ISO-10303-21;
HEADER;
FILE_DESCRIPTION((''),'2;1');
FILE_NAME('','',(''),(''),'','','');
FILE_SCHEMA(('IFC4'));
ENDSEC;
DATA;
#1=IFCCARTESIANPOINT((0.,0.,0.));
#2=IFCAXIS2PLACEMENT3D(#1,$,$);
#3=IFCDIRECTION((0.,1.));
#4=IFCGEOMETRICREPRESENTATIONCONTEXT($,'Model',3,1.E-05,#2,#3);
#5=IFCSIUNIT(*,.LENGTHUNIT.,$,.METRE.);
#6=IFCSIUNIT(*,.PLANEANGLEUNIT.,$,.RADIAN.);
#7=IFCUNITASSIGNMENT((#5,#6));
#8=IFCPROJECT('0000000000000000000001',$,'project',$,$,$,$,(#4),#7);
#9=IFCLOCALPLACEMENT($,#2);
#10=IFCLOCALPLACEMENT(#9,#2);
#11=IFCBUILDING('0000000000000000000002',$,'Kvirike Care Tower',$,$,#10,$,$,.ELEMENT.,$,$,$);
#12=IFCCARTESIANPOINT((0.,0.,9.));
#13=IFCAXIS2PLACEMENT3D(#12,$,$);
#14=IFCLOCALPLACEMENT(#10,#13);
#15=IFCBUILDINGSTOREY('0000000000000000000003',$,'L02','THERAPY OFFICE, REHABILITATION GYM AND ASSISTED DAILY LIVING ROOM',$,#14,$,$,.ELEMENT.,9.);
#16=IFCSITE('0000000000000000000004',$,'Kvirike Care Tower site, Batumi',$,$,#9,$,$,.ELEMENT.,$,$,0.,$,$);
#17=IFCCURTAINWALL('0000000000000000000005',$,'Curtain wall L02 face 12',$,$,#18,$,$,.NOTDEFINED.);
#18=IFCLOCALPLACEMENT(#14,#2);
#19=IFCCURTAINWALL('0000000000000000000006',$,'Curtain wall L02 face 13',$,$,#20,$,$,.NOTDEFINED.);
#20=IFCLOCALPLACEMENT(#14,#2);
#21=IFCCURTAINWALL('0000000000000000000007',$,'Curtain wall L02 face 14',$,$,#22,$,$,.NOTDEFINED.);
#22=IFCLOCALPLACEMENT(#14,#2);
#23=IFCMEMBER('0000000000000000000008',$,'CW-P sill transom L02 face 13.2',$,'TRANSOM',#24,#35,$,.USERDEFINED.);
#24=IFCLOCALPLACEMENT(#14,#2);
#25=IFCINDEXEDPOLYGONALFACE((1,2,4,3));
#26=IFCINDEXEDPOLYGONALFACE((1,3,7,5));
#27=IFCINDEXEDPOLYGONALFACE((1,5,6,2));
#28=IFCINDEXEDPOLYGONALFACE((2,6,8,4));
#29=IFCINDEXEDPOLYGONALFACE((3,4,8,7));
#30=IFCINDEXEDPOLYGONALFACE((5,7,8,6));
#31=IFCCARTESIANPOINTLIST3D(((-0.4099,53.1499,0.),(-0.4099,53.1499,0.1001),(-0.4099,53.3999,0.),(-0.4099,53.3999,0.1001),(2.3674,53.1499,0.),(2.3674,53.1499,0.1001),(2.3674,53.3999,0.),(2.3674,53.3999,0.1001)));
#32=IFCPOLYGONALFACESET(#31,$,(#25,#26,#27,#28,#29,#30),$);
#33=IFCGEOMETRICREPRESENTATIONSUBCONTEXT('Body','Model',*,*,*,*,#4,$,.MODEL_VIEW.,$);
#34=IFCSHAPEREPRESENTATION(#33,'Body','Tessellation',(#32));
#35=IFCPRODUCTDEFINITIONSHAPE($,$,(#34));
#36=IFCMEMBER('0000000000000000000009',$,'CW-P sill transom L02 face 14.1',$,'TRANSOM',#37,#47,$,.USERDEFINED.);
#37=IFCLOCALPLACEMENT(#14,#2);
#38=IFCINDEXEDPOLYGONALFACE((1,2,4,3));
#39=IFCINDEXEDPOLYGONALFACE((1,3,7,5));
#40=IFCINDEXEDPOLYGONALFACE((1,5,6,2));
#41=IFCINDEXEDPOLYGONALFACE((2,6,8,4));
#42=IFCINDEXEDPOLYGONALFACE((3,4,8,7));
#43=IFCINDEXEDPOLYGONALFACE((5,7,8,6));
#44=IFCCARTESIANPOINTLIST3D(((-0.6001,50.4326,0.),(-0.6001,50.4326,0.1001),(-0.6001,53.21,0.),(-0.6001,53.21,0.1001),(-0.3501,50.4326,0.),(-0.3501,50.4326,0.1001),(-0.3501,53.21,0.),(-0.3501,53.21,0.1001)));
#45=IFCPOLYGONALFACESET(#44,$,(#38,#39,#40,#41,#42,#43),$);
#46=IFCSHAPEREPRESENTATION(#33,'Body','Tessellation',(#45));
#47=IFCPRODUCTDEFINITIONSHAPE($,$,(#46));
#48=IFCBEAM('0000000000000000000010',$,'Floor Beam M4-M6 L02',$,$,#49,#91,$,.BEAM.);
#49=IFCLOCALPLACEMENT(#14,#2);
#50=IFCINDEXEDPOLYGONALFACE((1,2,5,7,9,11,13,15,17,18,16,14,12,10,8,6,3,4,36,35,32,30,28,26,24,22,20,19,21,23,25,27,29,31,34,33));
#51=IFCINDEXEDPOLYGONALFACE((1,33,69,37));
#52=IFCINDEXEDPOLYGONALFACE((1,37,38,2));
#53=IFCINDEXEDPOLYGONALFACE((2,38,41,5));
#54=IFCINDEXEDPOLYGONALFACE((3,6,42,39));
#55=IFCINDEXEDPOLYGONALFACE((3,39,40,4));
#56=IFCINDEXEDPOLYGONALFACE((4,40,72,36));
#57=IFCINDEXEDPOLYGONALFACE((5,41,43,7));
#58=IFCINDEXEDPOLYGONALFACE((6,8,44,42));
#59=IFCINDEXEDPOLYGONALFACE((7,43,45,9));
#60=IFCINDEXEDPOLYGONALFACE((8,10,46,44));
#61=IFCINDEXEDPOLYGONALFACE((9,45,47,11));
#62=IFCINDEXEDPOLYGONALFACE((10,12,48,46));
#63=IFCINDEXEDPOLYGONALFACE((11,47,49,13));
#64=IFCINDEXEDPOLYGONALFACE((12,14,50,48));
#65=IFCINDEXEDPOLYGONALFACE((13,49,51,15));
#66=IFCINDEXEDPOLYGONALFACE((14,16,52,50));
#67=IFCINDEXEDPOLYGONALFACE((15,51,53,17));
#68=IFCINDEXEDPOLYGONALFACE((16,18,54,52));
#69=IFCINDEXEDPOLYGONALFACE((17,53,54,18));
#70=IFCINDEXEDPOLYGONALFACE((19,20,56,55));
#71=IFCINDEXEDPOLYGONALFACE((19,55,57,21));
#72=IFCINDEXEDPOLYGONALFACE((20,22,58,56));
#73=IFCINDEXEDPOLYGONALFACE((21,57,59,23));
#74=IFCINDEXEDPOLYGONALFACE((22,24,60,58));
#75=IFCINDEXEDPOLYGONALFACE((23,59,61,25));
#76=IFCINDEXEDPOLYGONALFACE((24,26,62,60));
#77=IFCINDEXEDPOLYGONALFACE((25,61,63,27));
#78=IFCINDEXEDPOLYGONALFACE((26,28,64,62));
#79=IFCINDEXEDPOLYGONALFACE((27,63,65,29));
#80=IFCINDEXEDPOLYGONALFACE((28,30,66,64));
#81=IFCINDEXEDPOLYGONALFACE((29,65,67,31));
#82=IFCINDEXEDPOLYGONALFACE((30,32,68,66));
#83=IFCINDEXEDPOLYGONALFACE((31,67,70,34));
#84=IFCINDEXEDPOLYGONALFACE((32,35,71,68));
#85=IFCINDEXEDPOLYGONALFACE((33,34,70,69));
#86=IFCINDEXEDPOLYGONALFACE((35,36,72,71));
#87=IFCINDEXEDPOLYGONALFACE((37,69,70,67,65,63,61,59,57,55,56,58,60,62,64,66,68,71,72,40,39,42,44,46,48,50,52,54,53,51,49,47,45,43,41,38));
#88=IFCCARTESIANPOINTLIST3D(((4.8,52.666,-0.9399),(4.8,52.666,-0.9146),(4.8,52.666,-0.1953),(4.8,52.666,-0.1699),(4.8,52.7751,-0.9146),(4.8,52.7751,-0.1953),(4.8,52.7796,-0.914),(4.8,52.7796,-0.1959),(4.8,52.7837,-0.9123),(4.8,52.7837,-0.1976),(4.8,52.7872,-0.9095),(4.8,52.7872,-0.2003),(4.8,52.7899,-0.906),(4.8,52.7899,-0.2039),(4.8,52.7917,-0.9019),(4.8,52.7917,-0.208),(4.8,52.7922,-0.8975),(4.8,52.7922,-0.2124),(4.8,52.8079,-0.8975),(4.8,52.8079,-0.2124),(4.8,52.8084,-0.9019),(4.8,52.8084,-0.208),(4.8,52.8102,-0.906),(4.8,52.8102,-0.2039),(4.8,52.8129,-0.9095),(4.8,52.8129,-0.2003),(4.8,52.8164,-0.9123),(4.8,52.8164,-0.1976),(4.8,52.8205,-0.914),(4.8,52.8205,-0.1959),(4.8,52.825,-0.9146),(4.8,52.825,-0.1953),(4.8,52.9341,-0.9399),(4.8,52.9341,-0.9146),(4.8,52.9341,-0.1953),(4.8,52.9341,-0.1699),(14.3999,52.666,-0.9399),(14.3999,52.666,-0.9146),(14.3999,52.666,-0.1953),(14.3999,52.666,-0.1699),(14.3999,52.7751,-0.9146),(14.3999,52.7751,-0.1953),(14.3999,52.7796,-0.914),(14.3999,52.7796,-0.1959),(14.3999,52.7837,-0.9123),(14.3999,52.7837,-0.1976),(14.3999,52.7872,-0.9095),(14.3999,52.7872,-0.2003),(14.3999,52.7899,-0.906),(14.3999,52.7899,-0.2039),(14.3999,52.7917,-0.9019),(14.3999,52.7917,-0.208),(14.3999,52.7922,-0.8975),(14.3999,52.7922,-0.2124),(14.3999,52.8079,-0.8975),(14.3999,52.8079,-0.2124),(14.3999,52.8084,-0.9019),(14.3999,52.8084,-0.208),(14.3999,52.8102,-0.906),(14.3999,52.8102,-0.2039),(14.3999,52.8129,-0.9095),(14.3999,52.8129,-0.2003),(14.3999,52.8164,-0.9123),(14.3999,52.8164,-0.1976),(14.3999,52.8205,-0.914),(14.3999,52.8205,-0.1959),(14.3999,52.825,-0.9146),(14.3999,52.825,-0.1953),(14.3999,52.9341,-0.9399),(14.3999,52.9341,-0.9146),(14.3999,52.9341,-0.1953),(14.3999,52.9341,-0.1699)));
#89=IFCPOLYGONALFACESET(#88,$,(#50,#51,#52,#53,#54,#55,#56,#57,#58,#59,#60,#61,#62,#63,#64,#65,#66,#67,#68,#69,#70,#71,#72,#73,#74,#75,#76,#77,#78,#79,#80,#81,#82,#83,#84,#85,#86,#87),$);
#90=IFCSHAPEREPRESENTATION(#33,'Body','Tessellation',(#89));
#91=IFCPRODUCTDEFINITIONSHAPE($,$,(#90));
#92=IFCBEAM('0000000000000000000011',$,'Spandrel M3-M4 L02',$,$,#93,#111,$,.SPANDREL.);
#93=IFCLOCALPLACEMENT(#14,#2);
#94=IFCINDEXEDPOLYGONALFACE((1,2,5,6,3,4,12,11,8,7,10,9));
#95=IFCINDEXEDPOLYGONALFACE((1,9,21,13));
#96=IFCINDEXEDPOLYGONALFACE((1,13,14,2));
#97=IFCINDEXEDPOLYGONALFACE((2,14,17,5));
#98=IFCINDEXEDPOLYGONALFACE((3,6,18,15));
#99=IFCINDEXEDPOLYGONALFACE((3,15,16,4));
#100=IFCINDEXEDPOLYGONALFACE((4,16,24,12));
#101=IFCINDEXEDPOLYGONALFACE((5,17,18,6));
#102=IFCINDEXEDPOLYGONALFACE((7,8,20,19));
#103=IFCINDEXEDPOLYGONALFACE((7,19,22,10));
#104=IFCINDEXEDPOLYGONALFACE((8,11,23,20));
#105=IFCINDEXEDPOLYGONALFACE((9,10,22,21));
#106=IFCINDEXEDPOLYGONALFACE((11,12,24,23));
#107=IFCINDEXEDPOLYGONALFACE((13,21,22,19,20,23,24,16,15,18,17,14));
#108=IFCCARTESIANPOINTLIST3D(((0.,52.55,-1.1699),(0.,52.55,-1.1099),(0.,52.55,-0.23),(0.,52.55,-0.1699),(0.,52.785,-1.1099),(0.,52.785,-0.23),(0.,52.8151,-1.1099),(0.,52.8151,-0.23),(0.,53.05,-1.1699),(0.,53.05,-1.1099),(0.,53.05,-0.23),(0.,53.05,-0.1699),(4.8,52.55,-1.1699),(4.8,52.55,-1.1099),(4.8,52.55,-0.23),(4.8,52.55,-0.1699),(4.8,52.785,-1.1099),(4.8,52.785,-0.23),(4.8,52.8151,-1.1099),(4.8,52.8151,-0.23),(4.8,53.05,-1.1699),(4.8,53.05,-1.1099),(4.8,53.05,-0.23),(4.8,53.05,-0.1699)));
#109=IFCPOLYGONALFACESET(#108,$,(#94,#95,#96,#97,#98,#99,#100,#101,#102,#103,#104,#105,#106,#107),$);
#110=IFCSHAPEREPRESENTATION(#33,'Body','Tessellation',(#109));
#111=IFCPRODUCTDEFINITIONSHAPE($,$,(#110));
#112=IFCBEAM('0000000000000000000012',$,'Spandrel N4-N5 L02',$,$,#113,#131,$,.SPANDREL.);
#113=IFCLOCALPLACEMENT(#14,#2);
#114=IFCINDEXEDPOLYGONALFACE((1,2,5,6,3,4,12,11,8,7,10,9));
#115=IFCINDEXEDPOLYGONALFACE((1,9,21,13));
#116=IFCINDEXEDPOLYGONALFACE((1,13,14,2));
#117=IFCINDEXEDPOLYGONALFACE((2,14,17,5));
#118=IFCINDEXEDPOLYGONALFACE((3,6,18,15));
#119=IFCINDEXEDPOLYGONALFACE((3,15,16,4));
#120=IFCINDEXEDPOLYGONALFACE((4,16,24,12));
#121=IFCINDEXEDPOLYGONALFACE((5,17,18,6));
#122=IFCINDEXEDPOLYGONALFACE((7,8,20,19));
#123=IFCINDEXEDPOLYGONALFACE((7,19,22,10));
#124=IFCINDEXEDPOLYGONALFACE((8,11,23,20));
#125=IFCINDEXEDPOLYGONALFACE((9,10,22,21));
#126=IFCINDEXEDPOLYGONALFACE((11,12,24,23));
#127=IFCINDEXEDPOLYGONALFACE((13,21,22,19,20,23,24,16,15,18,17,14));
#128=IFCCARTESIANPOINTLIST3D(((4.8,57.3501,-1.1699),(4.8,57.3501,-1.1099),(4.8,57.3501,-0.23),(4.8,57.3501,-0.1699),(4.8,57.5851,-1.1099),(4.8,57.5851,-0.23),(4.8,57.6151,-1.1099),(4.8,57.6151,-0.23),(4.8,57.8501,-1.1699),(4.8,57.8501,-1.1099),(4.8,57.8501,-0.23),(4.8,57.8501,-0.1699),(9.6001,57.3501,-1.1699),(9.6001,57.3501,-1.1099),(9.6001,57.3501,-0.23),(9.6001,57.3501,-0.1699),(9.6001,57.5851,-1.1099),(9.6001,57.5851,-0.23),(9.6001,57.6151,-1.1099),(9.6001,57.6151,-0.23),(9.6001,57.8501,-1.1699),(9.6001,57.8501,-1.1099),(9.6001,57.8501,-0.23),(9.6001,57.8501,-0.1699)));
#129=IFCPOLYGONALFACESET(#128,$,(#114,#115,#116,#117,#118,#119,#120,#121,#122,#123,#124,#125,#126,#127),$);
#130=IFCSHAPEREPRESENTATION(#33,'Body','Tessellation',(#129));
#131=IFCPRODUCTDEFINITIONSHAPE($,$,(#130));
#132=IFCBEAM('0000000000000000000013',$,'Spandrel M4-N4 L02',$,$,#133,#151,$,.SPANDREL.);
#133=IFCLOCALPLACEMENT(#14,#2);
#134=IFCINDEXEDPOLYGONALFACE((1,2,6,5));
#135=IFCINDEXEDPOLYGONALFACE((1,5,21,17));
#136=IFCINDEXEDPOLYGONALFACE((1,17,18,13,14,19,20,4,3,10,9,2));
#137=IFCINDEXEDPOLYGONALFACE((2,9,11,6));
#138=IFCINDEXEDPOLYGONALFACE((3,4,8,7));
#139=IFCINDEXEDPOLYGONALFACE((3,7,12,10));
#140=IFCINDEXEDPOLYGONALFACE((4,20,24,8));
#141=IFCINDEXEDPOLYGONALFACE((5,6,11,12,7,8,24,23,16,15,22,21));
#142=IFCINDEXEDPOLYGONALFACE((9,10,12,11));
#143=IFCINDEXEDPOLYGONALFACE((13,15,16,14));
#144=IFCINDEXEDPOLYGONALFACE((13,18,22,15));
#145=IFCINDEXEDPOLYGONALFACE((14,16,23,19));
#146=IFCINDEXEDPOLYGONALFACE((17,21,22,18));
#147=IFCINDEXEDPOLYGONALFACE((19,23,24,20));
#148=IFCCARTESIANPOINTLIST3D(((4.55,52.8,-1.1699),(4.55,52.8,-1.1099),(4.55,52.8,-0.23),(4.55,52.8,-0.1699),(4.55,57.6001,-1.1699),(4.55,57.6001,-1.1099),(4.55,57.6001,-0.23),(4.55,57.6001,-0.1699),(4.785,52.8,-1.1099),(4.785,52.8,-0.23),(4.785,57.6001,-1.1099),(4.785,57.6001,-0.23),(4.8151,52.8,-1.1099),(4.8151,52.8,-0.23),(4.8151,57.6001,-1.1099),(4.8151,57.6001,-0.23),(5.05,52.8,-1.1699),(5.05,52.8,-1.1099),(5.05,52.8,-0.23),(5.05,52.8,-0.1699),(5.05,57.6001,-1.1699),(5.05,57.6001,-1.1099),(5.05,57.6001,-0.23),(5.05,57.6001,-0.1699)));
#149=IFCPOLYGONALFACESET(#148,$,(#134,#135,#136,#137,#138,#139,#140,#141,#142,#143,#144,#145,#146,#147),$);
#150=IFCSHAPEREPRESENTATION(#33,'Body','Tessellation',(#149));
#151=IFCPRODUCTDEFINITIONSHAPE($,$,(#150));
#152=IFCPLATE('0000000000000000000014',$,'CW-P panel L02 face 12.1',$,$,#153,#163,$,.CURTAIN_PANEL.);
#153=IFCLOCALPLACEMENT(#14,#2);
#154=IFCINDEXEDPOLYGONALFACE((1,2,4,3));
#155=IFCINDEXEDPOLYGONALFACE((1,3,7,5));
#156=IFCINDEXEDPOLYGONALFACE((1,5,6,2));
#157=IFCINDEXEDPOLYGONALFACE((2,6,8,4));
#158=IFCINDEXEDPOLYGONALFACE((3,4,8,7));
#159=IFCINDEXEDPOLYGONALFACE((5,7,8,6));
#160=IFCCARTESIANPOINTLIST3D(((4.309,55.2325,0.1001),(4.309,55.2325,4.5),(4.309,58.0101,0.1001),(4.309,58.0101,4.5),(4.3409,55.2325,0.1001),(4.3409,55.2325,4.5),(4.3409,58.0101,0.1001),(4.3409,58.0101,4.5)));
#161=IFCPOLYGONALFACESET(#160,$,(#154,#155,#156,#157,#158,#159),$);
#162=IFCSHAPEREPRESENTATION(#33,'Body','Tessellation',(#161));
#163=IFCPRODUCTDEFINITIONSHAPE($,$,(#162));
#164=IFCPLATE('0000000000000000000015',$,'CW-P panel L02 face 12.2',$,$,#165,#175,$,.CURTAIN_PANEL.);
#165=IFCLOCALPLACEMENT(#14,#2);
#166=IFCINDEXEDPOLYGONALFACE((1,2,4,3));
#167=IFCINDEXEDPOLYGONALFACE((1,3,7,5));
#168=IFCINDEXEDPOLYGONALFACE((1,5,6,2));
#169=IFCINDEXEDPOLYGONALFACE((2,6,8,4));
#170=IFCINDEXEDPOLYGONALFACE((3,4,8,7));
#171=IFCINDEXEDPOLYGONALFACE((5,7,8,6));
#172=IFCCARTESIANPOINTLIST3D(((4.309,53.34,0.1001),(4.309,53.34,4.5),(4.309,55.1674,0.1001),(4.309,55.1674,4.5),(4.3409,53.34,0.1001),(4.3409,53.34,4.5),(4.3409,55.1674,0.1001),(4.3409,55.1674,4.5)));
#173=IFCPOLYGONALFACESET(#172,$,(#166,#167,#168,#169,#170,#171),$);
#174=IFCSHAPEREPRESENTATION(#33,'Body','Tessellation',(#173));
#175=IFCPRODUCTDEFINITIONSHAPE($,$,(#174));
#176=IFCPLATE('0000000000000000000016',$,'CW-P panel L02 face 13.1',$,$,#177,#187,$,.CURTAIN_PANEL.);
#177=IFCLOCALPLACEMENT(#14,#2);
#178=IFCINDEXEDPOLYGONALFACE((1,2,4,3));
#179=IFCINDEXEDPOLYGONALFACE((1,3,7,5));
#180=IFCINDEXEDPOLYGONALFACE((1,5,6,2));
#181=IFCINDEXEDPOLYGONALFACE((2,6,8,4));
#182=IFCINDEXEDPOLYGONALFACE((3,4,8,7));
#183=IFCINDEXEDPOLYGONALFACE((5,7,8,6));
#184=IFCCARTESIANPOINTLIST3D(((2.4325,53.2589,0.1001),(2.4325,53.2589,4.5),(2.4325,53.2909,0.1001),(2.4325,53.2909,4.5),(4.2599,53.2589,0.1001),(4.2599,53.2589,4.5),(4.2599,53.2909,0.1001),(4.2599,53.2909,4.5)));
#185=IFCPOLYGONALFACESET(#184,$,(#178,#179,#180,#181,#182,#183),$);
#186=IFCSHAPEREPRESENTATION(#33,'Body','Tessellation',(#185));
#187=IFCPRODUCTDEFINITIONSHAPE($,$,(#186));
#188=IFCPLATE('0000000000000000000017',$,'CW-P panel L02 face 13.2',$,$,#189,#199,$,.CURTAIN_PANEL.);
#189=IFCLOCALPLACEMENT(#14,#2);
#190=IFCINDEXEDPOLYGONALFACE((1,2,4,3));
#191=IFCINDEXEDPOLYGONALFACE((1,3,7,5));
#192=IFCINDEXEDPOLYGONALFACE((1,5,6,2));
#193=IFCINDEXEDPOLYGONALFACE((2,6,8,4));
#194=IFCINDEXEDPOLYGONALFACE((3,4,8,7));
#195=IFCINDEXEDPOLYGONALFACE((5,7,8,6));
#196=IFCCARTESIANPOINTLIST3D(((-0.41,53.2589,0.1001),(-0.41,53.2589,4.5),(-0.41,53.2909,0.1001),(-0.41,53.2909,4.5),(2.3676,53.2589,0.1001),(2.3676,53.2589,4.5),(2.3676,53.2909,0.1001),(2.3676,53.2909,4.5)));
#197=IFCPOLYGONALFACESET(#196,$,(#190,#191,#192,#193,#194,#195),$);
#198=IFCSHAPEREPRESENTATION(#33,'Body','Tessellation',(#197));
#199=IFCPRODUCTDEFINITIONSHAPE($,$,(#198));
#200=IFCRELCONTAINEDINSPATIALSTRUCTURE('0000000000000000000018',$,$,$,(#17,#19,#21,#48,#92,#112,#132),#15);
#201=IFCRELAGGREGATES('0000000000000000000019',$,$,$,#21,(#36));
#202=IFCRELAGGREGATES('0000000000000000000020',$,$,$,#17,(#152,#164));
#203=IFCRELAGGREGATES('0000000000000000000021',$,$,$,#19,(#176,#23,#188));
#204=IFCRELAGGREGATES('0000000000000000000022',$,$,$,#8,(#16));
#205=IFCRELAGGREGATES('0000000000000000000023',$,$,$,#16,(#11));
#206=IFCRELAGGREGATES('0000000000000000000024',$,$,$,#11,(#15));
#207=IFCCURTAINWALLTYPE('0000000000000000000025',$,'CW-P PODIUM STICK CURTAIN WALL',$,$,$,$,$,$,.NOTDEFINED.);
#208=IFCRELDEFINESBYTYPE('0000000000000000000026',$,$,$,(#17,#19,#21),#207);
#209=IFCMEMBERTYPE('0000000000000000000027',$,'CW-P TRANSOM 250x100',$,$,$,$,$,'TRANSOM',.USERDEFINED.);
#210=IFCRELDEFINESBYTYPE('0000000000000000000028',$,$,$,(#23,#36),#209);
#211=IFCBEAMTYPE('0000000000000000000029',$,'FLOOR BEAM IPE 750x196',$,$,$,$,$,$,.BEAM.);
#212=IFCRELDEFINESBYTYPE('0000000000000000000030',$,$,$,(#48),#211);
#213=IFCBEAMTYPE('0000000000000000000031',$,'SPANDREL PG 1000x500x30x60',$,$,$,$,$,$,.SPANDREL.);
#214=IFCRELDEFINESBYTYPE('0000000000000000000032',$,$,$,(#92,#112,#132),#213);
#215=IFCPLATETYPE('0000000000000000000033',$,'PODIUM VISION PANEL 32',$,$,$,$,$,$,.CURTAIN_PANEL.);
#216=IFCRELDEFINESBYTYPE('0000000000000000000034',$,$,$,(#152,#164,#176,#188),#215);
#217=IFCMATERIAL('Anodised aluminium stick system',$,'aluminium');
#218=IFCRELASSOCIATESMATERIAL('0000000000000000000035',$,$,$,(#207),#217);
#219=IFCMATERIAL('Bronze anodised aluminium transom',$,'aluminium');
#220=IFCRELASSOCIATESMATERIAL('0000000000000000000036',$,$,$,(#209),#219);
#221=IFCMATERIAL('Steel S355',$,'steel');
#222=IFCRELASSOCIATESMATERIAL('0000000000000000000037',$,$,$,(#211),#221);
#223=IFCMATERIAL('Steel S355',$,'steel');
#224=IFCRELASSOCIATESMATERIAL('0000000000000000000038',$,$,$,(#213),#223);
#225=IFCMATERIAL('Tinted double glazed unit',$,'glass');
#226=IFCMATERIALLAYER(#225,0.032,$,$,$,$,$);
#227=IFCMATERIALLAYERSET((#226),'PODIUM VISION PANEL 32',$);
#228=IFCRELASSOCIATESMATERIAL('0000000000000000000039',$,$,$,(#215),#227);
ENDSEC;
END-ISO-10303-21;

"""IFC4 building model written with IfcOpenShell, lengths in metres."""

from ifc_helpers import new_model, si_unit, direction, frame, origin, origin_2d, place, context, subcontext, project, spatial, rectangle, i_section, extrude, material, layer, layer_set, material_profile, profile_set, type_object, element, aggregate, save


model = new_model("IFC4")

# Units and contexts
model_context = context("Model", 3, precision=1e-05, world=origin(), true_north=direction((0.0, 1.0)))
body_context = subcontext(model_context, "Body", "Model", "MODEL_VIEW")
ifc_project = project(units=[si_unit("LENGTHUNIT", "METRE"), si_unit("PLANEANGLEUNIT", "RADIAN")], contexts=[model_context])

# Site, building, storey
site_placement = place(None, origin())
site = spatial("IfcSite", under=ifc_project, at=site_placement, Name="Kvirike Care Tower site, Batumi", CompositionType="ELEMENT", RefElevation=0.0)
building_placement = place(site_placement, origin())
building = spatial("IfcBuilding", under=site, at=building_placement, Name="Kvirike Care Tower", CompositionType="ELEMENT")
storey_placement = place(building_placement, frame((0.0, 0.0, 9.0)))
storey = spatial("IfcBuildingStorey", under=building, at=storey_placement, Name="L02", Description="THERAPY OFFICE, REHABILITATION GYM AND ASSISTED DAILY LIVING ROOM", CompositionType="ELEMENT", Elevation=9.0)

# Shared definitions
ifc_material_1 = material(Name="Anodised aluminium stick system", Category="aluminium")
curtain_wall_type = type_object("IfcCurtainWallType", Name="CW-P PODIUM STICK CURTAIN WALL", PredefinedType="NOTDEFINED", material=ifc_material_1)

# Curtain walls
curtain_wall_1_placement = place(storey_placement, origin())
curtain_wall_1 = element("IfcCurtainWall", 1, at=curtain_wall_1_placement, inside=storey, type_object=curtain_wall_type, Name="Curtain wall L02 face 12", PredefinedType="NOTDEFINED")
curtain_wall_2_placement = place(storey_placement, origin())
curtain_wall_2 = element("IfcCurtainWall", 2, at=curtain_wall_2_placement, inside=storey, type_object=curtain_wall_type, Name="Curtain wall L02 face 13", PredefinedType="NOTDEFINED")

# Curtain wall
curtain_wall_3_placement = place(storey_placement, origin())
curtain_wall_3 = element("IfcCurtainWall", 3, at=curtain_wall_3_placement, inside=storey, type_object=curtain_wall_type, Name="Curtain wall L02 face 14", PredefinedType="NOTDEFINED")

# Members
ifc_material_2 = material(Name="Bronze anodised aluminium transom", Category="aluminium")
ifc_material_profile_1 = material_profile(ifc_material_2, rectangle(XDim=0.25, YDim=0.1001, at=origin_2d()), Name="CW-P TRANSOM 250x100")
ifc_profile_set_1 = profile_set([ifc_material_profile_1], Name="Bronze anodised aluminium transom")
member_type_1 = type_object("IfcMemberType", Name="CW-P TRANSOM 250x100", ElementType="TRANSOM", PredefinedType="USERDEFINED", material=ifc_profile_set_1)
member_1_placement = place(storey_placement, frame((2.3674, 53.2749, 0.05), z_axis=(-1.0, 0.0, 0.0), x_axis=(0.0, -1.0, 0.0)))
member_1 = element("IfcMember", 4, at=member_1_placement, type_object=member_type_1, Name="CW-P sill transom L02 face 13.2", ObjectType="TRANSOM", PredefinedType="USERDEFINED", context=body_context, shape_type="SweptSolid", body=[
    extrude(rectangle(XDim=0.25, YDim=0.1001, at=origin_2d()), origin(), (0.0, 0.0, 1.0), 2.7773),
])
member_2_placement = place(storey_placement, frame((-0.4751, 53.21, 0.05), z_axis=(0.0, -1.0, 0.0), x_axis=(1.0, 0.0, 0.0)))
member_2 = element("IfcMember", 5, at=member_2_placement, type_object=member_type_1, Name="CW-P sill transom L02 face 14.1", ObjectType="TRANSOM", PredefinedType="USERDEFINED", context=body_context, shape_type="SweptSolid", body=[
    extrude(rectangle(XDim=0.25, YDim=0.1001, at=origin_2d()), origin(), (0.0, 0.0, 1.0), 2.7773),
])
aggregate(curtain_wall_3, [member_2])

# Beams
ifc_material_3 = material(Name="Steel S355", Category="steel")
ifc_material_profile_2 = material_profile(ifc_material_3, i_section(OverallWidth=0.2681, OverallDepth=0.77, WebThickness=0.0156, FlangeThickness=0.0254, FilletRadius=0.0171, at=origin_2d()), Name="IPE 750x196")
ifc_profile_set_2 = profile_set([ifc_material_profile_2], Name="Steel S355")
beam_type_1 = type_object("IfcBeamType", Name="FLOOR BEAM IPE 750x196", PredefinedType="BEAM", material=ifc_profile_set_2)
beam_placement = place(storey_placement, frame((4.8, 52.8, -0.5549), z_axis=(1.0, 0.0, 0.0), x_axis=(0.0, 1.0, 0.0)))
element("IfcBeam", 6, at=beam_placement, inside=storey, type_object=beam_type_1, Name="Floor Beam M4-M6 L02", PredefinedType="BEAM", context=body_context, shape_type="SweptSolid", body=[
    extrude(i_section(OverallWidth=0.2681, OverallDepth=0.77, WebThickness=0.0156, FlangeThickness=0.0254, FilletRadius=0.0171, at=origin_2d()), origin(), (0.0, 0.0, 1.0), 9.5999),
])
ifc_material_4 = material(Name="Steel S355", Category="steel")
ifc_material_profile_3 = material_profile(ifc_material_4, i_section(OverallWidth=0.5, OverallDepth=1.0, WebThickness=0.03, FlangeThickness=0.0601, at=origin_2d()), Name="PG 1000x500x30x60")
ifc_profile_set_3 = profile_set([ifc_material_profile_3], Name="Steel S355")
beam_type_2 = type_object("IfcBeamType", Name="SPANDREL PG 1000x500x30x60", PredefinedType="SPANDREL", material=ifc_profile_set_3)
for number, where, z_axis, x_axis, name in (
    (7, (0.0, 52.8, -0.6699), (1.0, 0.0, 0.0), (0.0, 1.0, 0.0), "Spandrel M3-M4 L02"),
    (8, (4.8, 57.6001, -0.6699), (1.0, 0.0, 0.0), (0.0, 1.0, 0.0), "Spandrel N4-N5 L02"),
    (9, (4.8, 52.8, -0.6699), (0.0, 1.0, 0.0), (-1.0, 0.0, 0.0), "Spandrel M4-N4 L02"),
):
    element("IfcBeam", number, at=place(storey_placement, frame(where, z_axis=z_axis, x_axis=x_axis)), inside=storey, type_object=beam_type_2, Name=name, PredefinedType="SPANDREL", context=body_context, shape_type="SweptSolid", body=[
        extrude(i_section(OverallWidth=0.5, OverallDepth=1.0, WebThickness=0.03, FlangeThickness=0.0601, at=origin_2d()), origin(), (0.0, 0.0, 1.0), 4.8),
    ])

# Plates
ifc_material_5 = material(Name="Tinted double glazed unit", Category="glass")
ifc_layer = layer(ifc_material_5, 0.032)
ifc_layer_set = layer_set([ifc_layer], Name="PODIUM VISION PANEL 32")
plate_type = type_object("IfcPlateType", Name="PODIUM VISION PANEL 32", PredefinedType="CURTAIN_PANEL", material=ifc_layer_set)
plate_1_placement = place(storey_placement, frame((4.325, 56.6213, 0.1001), z_axis=(0.0, 0.0, 1.0), x_axis=(0.0, -1.0, 0.0)))
plate_1 = element("IfcPlate", 10, at=plate_1_placement, type_object=plate_type, Name="CW-P panel L02 face 12.1", PredefinedType="CURTAIN_PANEL", context=body_context, shape_type="SweptSolid", body=[
    extrude(rectangle(XDim=2.7776, YDim=0.032, at=origin_2d()), origin(), (0.0, 0.0, 1.0), 4.3999),
])
plate_2_placement = place(storey_placement, frame((4.325, 54.2537, 0.1001), z_axis=(0.0, 0.0, 1.0), x_axis=(0.0, -1.0, 0.0)))
plate_2 = element("IfcPlate", 11, at=plate_2_placement, type_object=plate_type, Name="CW-P panel L02 face 12.2", PredefinedType="CURTAIN_PANEL", context=body_context, shape_type="SweptSolid", body=[
    extrude(rectangle(XDim=1.8274, YDim=0.032, at=origin_2d()), origin(), (0.0, 0.0, 1.0), 4.3999),
])
aggregate(curtain_wall_1, [plate_1, plate_2])
plate_3_placement = place(storey_placement, frame((3.3462, 53.2749, 0.1001), z_axis=(0.0, 0.0, 1.0), x_axis=(-1.0, 0.0, 0.0)))
plate_3 = element("IfcPlate", 12, at=plate_3_placement, type_object=plate_type, Name="CW-P panel L02 face 13.1", PredefinedType="CURTAIN_PANEL", context=body_context, shape_type="SweptSolid", body=[
    extrude(rectangle(XDim=1.8274, YDim=0.032, at=origin_2d()), origin(), (0.0, 0.0, 1.0), 4.3999),
])
plate_4_placement = place(storey_placement, frame((0.9788, 53.2749, 0.1001), z_axis=(0.0, 0.0, 1.0), x_axis=(-1.0, 0.0, 0.0)))
plate_4 = element("IfcPlate", 13, at=plate_4_placement, type_object=plate_type, Name="CW-P panel L02 face 13.2", PredefinedType="CURTAIN_PANEL", context=body_context, shape_type="SweptSolid", body=[
    extrude(rectangle(XDim=2.7776, YDim=0.032, at=origin_2d()), origin(), (0.0, 0.0, 1.0), 4.3999),
])
aggregate(curtain_wall_2, [plate_3, member_1, plate_4])

save(model, "model.ifc")
